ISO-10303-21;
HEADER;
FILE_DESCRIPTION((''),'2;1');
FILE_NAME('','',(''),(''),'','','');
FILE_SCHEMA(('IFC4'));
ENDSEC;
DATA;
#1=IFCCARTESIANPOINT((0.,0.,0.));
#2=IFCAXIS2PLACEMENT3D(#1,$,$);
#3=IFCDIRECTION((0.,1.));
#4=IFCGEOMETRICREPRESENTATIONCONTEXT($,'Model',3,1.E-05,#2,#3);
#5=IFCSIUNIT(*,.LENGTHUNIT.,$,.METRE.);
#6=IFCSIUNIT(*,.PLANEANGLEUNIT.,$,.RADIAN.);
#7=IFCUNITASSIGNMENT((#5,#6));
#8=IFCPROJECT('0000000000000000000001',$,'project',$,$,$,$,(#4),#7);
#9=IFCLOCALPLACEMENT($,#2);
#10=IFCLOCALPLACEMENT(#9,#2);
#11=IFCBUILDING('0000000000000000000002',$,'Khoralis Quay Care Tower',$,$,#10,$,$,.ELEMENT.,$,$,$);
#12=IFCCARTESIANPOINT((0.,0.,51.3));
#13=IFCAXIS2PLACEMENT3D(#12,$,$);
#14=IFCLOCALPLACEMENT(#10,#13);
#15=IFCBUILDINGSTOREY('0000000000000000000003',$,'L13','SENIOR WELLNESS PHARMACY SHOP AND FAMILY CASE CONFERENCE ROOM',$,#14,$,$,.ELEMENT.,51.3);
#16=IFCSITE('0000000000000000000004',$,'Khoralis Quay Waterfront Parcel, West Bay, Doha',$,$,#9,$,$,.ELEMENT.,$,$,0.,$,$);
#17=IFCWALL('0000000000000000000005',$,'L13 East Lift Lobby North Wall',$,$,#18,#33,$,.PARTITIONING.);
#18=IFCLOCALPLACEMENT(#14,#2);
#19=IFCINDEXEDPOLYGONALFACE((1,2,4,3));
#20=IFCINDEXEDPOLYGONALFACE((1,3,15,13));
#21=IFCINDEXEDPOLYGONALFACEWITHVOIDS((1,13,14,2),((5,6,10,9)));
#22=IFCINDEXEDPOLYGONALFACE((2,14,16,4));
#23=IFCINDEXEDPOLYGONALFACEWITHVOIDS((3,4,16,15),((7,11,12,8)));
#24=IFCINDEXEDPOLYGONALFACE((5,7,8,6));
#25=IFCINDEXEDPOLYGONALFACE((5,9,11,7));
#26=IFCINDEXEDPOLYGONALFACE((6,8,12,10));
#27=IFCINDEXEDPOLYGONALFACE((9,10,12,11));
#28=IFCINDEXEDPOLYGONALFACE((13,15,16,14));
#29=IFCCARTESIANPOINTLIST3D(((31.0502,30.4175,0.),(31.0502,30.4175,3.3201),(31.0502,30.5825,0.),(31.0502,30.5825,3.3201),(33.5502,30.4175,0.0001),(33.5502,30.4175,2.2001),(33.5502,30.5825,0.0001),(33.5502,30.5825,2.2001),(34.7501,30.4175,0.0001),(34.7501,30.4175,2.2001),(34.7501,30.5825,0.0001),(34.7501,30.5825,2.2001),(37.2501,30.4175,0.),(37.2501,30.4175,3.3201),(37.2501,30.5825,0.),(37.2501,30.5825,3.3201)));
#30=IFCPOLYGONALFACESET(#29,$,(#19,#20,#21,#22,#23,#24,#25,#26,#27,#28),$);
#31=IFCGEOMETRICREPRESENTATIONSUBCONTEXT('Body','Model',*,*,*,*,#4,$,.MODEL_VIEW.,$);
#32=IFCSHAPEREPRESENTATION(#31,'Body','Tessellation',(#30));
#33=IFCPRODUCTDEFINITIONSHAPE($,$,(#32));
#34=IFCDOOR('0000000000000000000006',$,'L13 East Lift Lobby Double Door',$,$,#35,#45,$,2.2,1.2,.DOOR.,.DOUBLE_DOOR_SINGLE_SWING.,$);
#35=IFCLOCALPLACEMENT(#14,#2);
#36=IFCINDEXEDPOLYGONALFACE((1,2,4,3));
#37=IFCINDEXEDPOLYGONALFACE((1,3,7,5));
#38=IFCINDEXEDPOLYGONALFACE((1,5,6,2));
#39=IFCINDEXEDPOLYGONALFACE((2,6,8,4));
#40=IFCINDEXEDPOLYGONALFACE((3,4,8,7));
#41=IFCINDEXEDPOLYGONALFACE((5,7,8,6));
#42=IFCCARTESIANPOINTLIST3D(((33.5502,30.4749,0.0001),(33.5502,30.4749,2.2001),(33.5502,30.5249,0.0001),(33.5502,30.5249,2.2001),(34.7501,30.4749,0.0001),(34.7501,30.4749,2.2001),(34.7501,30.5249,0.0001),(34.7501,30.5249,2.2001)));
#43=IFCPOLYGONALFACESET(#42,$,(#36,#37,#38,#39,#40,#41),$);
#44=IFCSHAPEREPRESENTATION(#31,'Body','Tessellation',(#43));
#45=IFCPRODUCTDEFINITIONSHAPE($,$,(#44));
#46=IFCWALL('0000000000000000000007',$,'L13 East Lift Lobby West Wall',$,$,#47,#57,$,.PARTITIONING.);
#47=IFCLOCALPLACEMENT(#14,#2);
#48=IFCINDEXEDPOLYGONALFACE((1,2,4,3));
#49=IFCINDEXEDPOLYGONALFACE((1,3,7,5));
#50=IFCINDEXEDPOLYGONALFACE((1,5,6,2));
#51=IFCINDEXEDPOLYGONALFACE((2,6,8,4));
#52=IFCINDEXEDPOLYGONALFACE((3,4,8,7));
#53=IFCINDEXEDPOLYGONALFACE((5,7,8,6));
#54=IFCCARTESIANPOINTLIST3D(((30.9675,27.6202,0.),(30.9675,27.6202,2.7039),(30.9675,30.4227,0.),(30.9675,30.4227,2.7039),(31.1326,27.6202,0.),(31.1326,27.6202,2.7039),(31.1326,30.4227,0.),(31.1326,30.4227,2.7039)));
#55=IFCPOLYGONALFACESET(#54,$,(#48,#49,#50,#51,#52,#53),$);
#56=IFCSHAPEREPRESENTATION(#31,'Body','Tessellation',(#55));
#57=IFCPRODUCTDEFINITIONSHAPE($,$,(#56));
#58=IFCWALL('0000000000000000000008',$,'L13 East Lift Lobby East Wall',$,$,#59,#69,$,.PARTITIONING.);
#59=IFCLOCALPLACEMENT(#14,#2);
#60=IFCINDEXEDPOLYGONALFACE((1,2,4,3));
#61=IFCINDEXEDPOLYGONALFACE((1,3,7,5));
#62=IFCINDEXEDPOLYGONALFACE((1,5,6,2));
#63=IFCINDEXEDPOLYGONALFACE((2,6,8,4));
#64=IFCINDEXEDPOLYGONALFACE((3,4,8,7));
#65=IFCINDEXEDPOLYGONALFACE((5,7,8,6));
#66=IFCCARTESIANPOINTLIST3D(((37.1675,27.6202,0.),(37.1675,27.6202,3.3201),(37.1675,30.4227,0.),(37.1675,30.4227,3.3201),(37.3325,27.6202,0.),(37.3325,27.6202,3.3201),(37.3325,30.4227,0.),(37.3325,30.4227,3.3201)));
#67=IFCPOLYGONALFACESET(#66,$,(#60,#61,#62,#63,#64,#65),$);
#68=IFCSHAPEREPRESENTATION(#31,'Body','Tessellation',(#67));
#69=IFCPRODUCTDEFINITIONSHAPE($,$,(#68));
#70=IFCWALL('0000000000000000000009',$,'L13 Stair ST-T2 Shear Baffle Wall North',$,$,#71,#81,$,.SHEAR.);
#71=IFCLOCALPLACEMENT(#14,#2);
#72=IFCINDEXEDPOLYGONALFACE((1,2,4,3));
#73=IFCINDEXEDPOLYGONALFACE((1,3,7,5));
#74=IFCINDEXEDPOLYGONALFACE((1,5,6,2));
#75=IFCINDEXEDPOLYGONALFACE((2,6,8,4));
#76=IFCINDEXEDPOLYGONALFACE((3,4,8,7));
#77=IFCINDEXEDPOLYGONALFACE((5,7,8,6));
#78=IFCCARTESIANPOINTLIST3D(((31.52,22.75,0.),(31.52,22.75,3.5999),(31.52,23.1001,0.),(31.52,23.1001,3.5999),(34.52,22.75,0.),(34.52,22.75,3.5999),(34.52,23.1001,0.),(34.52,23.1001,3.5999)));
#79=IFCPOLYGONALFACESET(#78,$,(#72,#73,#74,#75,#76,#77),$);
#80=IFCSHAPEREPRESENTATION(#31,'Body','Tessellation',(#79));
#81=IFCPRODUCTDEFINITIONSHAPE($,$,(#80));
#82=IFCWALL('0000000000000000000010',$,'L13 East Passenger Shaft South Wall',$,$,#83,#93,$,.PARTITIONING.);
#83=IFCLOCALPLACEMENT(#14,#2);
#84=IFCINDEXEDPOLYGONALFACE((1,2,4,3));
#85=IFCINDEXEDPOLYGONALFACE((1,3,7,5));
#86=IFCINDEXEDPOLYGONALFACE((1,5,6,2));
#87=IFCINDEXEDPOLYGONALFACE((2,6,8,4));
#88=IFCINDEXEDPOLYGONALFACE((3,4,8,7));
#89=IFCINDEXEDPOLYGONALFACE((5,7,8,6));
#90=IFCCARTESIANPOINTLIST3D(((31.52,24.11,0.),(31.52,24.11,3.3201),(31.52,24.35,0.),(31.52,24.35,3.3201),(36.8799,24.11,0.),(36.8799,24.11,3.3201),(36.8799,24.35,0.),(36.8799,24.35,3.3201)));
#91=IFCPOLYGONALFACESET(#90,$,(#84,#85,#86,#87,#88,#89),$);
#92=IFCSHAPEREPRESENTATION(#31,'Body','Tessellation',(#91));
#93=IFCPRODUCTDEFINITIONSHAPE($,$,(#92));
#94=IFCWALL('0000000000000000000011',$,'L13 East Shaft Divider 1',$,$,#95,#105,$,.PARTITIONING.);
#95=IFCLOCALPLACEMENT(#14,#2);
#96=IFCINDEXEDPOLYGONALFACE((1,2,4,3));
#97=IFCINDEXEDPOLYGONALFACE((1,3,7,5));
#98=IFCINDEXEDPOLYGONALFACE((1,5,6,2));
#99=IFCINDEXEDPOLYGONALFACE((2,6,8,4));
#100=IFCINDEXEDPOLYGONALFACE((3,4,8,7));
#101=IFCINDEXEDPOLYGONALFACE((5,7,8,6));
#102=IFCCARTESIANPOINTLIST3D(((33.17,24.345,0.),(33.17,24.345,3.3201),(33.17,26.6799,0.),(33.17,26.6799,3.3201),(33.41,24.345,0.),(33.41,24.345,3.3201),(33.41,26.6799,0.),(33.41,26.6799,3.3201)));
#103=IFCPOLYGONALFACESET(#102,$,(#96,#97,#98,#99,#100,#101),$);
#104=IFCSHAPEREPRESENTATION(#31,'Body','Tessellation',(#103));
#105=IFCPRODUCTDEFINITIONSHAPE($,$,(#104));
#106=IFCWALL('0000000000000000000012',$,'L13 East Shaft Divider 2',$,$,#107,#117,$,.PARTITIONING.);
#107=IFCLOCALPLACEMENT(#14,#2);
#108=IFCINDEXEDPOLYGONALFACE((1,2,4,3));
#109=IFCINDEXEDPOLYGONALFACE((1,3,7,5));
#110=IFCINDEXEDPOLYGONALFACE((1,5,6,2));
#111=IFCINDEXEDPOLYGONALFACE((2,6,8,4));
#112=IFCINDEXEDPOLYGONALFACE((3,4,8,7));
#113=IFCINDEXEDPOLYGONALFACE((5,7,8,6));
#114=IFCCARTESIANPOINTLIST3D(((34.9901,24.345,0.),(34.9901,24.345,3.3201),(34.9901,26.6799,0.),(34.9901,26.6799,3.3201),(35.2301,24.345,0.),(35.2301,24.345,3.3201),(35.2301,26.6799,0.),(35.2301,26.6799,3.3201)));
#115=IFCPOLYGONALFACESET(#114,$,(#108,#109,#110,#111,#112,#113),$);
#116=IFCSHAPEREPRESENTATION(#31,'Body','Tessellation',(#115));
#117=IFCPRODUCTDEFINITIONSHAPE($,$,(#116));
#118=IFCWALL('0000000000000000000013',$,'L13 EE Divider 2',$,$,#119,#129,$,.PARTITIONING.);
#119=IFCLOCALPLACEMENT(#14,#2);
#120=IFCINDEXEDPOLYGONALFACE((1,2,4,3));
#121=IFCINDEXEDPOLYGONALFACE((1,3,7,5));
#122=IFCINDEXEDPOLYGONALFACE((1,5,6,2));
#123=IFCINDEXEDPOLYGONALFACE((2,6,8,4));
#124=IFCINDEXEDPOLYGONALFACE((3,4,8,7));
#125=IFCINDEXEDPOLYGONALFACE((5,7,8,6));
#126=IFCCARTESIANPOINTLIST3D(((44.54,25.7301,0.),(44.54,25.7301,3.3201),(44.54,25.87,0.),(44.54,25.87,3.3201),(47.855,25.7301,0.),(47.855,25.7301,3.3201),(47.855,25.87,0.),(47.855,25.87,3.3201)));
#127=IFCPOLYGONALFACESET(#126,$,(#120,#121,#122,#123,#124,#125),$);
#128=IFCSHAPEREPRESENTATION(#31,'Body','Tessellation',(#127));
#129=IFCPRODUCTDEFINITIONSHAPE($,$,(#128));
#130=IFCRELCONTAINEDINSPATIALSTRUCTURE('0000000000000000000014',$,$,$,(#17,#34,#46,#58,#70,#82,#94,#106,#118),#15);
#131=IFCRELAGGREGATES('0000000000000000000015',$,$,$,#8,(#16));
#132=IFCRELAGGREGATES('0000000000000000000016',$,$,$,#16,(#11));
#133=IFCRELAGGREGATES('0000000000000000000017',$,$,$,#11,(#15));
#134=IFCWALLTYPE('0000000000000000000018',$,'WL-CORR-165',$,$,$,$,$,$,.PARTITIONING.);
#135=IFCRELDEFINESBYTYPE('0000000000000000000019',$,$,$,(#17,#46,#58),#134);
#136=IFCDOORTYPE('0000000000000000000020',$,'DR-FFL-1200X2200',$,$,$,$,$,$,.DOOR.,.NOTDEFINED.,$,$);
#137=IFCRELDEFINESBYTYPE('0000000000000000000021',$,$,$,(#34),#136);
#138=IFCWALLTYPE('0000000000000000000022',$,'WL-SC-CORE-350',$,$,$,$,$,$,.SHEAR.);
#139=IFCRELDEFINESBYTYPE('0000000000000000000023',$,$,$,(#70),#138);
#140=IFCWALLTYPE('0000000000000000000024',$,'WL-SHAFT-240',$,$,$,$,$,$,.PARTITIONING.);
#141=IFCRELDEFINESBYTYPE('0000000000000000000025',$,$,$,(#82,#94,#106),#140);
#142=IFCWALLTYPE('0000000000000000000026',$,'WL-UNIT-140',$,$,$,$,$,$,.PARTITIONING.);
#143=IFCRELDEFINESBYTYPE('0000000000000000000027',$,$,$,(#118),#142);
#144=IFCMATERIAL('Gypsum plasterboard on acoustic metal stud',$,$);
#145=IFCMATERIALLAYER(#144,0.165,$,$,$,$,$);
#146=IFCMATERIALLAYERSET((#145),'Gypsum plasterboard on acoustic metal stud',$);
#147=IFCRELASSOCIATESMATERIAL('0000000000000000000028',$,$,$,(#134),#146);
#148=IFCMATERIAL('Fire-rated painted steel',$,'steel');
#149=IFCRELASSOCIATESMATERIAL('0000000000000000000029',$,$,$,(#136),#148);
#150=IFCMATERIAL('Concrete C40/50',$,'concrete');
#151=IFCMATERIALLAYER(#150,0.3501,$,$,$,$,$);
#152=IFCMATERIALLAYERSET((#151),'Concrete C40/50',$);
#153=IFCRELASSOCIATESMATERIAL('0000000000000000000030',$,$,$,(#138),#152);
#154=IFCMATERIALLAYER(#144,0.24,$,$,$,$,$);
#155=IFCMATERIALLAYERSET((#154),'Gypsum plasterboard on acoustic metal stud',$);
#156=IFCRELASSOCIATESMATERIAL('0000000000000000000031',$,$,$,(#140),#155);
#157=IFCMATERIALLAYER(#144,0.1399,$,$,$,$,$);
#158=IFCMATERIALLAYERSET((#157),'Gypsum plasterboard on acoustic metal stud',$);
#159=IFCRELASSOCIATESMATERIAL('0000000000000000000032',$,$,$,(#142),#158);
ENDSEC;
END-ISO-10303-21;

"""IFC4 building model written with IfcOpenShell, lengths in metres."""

from ifc_helpers import new_model, si_unit, direction, frame, frame_2d, origin, place, context, subcontext, project, spatial, rectangle, extrude, source, transform, mapped, material, layer, layer_set, type_object, element, fill, save


model = new_model("IFC4")

# Units and contexts
model_context = context("Model", 3, precision=1e-05, world=origin(), true_north=direction((0.0, 1.0)))
body_context = subcontext(model_context, "Body", "Model", "MODEL_VIEW")
ifc_project = project(units=[si_unit("LENGTHUNIT", "METRE"), si_unit("PLANEANGLEUNIT", "RADIAN")], contexts=[model_context])

# Site, building, storey
site_placement = place(None, origin())
site = spatial("IfcSite", under=ifc_project, at=site_placement, Name="Khoralis Quay Waterfront Parcel, West Bay, Doha", CompositionType="ELEMENT", RefElevation=0.0)
building_placement = place(site_placement, origin())
building = spatial("IfcBuilding", under=site, at=building_placement, Name="Khoralis Quay Care Tower", CompositionType="ELEMENT")
storey_placement = place(building_placement, frame((0.0, 0.0, 51.3)))
storey = spatial("IfcBuildingStorey", under=building, at=storey_placement, Name="L13", Description="SENIOR WELLNESS PHARMACY SHOP AND FAMILY CASE CONFERENCE ROOM", CompositionType="ELEMENT", Elevation=51.3)

# Wall, opening, door
ifc_material_1 = material(Name="Gypsum plasterboard on acoustic metal stud")
ifc_layer_1 = layer(ifc_material_1, 0.165)
ifc_layer_set_1 = layer_set([ifc_layer_1], Name="Gypsum plasterboard on acoustic metal stud")
wall_type_1 = type_object("IfcWallType", Name="WL-CORR-165", PredefinedType="PARTITIONING", material=ifc_layer_set_1)
wall_1_placement = place(storey_placement, frame((31.05, 30.5, 0.0), z_axis=(0.0, 0.0, 1.0), x_axis=(1.0, 0.0, 0.0)))
wall_1 = element("IfcWall", 1, at=wall_1_placement, inside=storey, type_object=wall_type_1, Name="L13 East Lift Lobby North Wall", PredefinedType="PARTITIONING", context=body_context, shape_type="SweptSolid", body=[
    extrude(rectangle(XDim=6.2, YDim=0.165, at=frame_2d((3.1001, 0.0))), origin(), (0.0, 0.0, 1.0), 3.3201),
])
opening_1_placement = place(wall_1_placement, frame((2.5, 0.0, 0.0)))
opening_1 = element("IfcOpeningElement", 2, at=opening_1_placement, cuts=wall_1, PredefinedType="OPENING", context=body_context, shape_type="SweptSolid", body=[
    extrude(rectangle(XDim=1.2, YDim=2.2, at=frame_2d((0.6001, 1.1001))), frame((0.0, 0.0925, 0.0), z_axis=(0.0, -1.0, 0.0), x_axis=(1.0, 0.0, 0.0)), (0.0, 0.0, 1.0), 0.1851),
])
ifc_material_2 = material(Name="Fire-rated painted steel", Category="steel")
door_type_1 = type_object("IfcDoorType", Name="DR-FFL-1200X2200", OperationType="NOTDEFINED", PredefinedType="DOOR", material=ifc_material_2)
shared_shape_1 = source(origin(), body_context, "Body", "SweptSolid", [
    extrude(rectangle(XDim=1.2, YDim=2.2, at=frame_2d((0.6001, 1.1001))), frame((0.0, 0.0249, 0.0), z_axis=(0.0, -1.0, 0.0), x_axis=(1.0, 0.0, 0.0)), (0.0, 0.0, 1.0), 0.05),
])
door_1_placement = place(opening_1_placement, origin())
door_1 = element("IfcDoor", 3, at=door_1_placement, inside=storey, type_object=door_type_1, Name="L13 East Lift Lobby Double Door", OperationType="DOUBLE_DOOR_SINGLE_SWING", OverallHeight=2.2, OverallWidth=1.2, PredefinedType="DOOR", context=body_context, shape_type="MappedRepresentation", body=[
    mapped(shared_shape_1, transform((0.0, 0.0, 0.0), scale=1.0)),
])
fill(opening_1, door_1)

# Walls
wall_2_placement = place(storey_placement, frame((31.05, 27.6201, 0.0), z_axis=(0.0, 0.0, 1.0), x_axis=(0.0, 1.0, 0.0)))
element("IfcWall", 4, at=wall_2_placement, inside=storey, type_object=wall_type_1, Name="L13 East Lift Lobby West Wall", PredefinedType="PARTITIONING", context=body_context, shape_type="SweptSolid", body=[
    extrude(rectangle(XDim=2.8025, YDim=0.165, at=frame_2d((1.4014, 0.0))), origin(), (0.0, 0.0, 1.0), 2.7039),
])
wall_3_placement = place(storey_placement, frame((37.25, 27.6201, 0.0), z_axis=(0.0, 0.0, 1.0), x_axis=(0.0, 1.0, 0.0)))
element("IfcWall", 5, at=wall_3_placement, inside=storey, type_object=wall_type_1, Name="L13 East Lift Lobby East Wall", PredefinedType="PARTITIONING", context=body_context, shape_type="SweptSolid", body=[
    extrude(rectangle(XDim=2.8025, YDim=0.165, at=frame_2d((1.4014, 0.0))), origin(), (0.0, 0.0, 1.0), 3.3201),
])
ifc_material_3 = material(Name="Concrete C40/50", Category="concrete")
ifc_layer_2 = layer(ifc_material_3, 0.3501)
ifc_layer_set_2 = layer_set([ifc_layer_2], Name="Concrete C40/50")
wall_type_2 = type_object("IfcWallType", Name="WL-SC-CORE-350", PredefinedType="SHEAR", material=ifc_layer_set_2)
wall_4_placement = place(storey_placement, frame((31.52, 22.925, 0.0), z_axis=(0.0, 0.0, 1.0), x_axis=(1.0, 0.0, 0.0)))
element("IfcWall", 6, at=wall_4_placement, inside=storey, type_object=wall_type_2, Name="L13 Stair ST-T2 Shear Baffle Wall North", PredefinedType="SHEAR", context=body_context, shape_type="SweptSolid", body=[
    extrude(rectangle(XDim=3.0, YDim=0.3501, at=frame_2d((1.5, 0.0))), origin(), (0.0, 0.0, 1.0), 3.5999),
])
ifc_layer_3 = layer(ifc_material_1, 0.24)
ifc_layer_set_3 = layer_set([ifc_layer_3], Name="Gypsum plasterboard on acoustic metal stud")
wall_type_3 = type_object("IfcWallType", Name="WL-SHAFT-240", PredefinedType="PARTITIONING", material=ifc_layer_set_3)
wall_5_placement = place(storey_placement, frame((31.52, 24.23, 0.0), z_axis=(0.0, 0.0, 1.0), x_axis=(1.0, 0.0, 0.0)))
element("IfcWall", 7, at=wall_5_placement, inside=storey, type_object=wall_type_3, Name="L13 East Passenger Shaft South Wall", PredefinedType="PARTITIONING", context=body_context, shape_type="SweptSolid", body=[
    extrude(rectangle(XDim=5.3599, YDim=0.24, at=frame_2d((2.6799, 0.0))), origin(), (0.0, 0.0, 1.0), 3.3201),
])
for number, where, z_axis, x_axis, name in (
    (8, (33.29, 24.345, 0.0), (0.0, 0.0, 1.0), (0.0, 1.0, 0.0), "L13 East Shaft Divider 1"),
    (9, (35.1101, 24.345, 0.0), (0.0, 0.0, 1.0), (0.0, 1.0, 0.0), "L13 East Shaft Divider 2"),
):
    element("IfcWall", number, at=place(storey_placement, frame(where, z_axis=z_axis, x_axis=x_axis)), inside=storey, type_object=wall_type_3, Name=name, PredefinedType="PARTITIONING", context=body_context, shape_type="SweptSolid", body=[
        extrude(rectangle(XDim=2.335, YDim=0.24, at=frame_2d((1.1675, 0.0))), origin(), (0.0, 0.0, 1.0), 3.3201),
    ])
ifc_layer_4 = layer(ifc_material_1, 0.1399)
ifc_layer_set_4 = layer_set([ifc_layer_4], Name="Gypsum plasterboard on acoustic metal stud")
wall_type_4 = type_object("IfcWallType", Name="WL-UNIT-140", PredefinedType="PARTITIONING", material=ifc_layer_set_4)
wall_6_placement = place(storey_placement, frame((44.54, 25.8, 0.0), z_axis=(0.0, 0.0, 1.0), x_axis=(1.0, 0.0, 0.0)))
element("IfcWall", 10, at=wall_6_placement, inside=storey, type_object=wall_type_4, Name="L13 EE Divider 2", PredefinedType="PARTITIONING", context=body_context, shape_type="SweptSolid", body=[
    extrude(rectangle(XDim=3.3149, YDim=0.1399, at=frame_2d((1.6575, 0.0))), origin(), (0.0, 0.0, 1.0), 3.3201),
])

save(model, "model.ifc")
